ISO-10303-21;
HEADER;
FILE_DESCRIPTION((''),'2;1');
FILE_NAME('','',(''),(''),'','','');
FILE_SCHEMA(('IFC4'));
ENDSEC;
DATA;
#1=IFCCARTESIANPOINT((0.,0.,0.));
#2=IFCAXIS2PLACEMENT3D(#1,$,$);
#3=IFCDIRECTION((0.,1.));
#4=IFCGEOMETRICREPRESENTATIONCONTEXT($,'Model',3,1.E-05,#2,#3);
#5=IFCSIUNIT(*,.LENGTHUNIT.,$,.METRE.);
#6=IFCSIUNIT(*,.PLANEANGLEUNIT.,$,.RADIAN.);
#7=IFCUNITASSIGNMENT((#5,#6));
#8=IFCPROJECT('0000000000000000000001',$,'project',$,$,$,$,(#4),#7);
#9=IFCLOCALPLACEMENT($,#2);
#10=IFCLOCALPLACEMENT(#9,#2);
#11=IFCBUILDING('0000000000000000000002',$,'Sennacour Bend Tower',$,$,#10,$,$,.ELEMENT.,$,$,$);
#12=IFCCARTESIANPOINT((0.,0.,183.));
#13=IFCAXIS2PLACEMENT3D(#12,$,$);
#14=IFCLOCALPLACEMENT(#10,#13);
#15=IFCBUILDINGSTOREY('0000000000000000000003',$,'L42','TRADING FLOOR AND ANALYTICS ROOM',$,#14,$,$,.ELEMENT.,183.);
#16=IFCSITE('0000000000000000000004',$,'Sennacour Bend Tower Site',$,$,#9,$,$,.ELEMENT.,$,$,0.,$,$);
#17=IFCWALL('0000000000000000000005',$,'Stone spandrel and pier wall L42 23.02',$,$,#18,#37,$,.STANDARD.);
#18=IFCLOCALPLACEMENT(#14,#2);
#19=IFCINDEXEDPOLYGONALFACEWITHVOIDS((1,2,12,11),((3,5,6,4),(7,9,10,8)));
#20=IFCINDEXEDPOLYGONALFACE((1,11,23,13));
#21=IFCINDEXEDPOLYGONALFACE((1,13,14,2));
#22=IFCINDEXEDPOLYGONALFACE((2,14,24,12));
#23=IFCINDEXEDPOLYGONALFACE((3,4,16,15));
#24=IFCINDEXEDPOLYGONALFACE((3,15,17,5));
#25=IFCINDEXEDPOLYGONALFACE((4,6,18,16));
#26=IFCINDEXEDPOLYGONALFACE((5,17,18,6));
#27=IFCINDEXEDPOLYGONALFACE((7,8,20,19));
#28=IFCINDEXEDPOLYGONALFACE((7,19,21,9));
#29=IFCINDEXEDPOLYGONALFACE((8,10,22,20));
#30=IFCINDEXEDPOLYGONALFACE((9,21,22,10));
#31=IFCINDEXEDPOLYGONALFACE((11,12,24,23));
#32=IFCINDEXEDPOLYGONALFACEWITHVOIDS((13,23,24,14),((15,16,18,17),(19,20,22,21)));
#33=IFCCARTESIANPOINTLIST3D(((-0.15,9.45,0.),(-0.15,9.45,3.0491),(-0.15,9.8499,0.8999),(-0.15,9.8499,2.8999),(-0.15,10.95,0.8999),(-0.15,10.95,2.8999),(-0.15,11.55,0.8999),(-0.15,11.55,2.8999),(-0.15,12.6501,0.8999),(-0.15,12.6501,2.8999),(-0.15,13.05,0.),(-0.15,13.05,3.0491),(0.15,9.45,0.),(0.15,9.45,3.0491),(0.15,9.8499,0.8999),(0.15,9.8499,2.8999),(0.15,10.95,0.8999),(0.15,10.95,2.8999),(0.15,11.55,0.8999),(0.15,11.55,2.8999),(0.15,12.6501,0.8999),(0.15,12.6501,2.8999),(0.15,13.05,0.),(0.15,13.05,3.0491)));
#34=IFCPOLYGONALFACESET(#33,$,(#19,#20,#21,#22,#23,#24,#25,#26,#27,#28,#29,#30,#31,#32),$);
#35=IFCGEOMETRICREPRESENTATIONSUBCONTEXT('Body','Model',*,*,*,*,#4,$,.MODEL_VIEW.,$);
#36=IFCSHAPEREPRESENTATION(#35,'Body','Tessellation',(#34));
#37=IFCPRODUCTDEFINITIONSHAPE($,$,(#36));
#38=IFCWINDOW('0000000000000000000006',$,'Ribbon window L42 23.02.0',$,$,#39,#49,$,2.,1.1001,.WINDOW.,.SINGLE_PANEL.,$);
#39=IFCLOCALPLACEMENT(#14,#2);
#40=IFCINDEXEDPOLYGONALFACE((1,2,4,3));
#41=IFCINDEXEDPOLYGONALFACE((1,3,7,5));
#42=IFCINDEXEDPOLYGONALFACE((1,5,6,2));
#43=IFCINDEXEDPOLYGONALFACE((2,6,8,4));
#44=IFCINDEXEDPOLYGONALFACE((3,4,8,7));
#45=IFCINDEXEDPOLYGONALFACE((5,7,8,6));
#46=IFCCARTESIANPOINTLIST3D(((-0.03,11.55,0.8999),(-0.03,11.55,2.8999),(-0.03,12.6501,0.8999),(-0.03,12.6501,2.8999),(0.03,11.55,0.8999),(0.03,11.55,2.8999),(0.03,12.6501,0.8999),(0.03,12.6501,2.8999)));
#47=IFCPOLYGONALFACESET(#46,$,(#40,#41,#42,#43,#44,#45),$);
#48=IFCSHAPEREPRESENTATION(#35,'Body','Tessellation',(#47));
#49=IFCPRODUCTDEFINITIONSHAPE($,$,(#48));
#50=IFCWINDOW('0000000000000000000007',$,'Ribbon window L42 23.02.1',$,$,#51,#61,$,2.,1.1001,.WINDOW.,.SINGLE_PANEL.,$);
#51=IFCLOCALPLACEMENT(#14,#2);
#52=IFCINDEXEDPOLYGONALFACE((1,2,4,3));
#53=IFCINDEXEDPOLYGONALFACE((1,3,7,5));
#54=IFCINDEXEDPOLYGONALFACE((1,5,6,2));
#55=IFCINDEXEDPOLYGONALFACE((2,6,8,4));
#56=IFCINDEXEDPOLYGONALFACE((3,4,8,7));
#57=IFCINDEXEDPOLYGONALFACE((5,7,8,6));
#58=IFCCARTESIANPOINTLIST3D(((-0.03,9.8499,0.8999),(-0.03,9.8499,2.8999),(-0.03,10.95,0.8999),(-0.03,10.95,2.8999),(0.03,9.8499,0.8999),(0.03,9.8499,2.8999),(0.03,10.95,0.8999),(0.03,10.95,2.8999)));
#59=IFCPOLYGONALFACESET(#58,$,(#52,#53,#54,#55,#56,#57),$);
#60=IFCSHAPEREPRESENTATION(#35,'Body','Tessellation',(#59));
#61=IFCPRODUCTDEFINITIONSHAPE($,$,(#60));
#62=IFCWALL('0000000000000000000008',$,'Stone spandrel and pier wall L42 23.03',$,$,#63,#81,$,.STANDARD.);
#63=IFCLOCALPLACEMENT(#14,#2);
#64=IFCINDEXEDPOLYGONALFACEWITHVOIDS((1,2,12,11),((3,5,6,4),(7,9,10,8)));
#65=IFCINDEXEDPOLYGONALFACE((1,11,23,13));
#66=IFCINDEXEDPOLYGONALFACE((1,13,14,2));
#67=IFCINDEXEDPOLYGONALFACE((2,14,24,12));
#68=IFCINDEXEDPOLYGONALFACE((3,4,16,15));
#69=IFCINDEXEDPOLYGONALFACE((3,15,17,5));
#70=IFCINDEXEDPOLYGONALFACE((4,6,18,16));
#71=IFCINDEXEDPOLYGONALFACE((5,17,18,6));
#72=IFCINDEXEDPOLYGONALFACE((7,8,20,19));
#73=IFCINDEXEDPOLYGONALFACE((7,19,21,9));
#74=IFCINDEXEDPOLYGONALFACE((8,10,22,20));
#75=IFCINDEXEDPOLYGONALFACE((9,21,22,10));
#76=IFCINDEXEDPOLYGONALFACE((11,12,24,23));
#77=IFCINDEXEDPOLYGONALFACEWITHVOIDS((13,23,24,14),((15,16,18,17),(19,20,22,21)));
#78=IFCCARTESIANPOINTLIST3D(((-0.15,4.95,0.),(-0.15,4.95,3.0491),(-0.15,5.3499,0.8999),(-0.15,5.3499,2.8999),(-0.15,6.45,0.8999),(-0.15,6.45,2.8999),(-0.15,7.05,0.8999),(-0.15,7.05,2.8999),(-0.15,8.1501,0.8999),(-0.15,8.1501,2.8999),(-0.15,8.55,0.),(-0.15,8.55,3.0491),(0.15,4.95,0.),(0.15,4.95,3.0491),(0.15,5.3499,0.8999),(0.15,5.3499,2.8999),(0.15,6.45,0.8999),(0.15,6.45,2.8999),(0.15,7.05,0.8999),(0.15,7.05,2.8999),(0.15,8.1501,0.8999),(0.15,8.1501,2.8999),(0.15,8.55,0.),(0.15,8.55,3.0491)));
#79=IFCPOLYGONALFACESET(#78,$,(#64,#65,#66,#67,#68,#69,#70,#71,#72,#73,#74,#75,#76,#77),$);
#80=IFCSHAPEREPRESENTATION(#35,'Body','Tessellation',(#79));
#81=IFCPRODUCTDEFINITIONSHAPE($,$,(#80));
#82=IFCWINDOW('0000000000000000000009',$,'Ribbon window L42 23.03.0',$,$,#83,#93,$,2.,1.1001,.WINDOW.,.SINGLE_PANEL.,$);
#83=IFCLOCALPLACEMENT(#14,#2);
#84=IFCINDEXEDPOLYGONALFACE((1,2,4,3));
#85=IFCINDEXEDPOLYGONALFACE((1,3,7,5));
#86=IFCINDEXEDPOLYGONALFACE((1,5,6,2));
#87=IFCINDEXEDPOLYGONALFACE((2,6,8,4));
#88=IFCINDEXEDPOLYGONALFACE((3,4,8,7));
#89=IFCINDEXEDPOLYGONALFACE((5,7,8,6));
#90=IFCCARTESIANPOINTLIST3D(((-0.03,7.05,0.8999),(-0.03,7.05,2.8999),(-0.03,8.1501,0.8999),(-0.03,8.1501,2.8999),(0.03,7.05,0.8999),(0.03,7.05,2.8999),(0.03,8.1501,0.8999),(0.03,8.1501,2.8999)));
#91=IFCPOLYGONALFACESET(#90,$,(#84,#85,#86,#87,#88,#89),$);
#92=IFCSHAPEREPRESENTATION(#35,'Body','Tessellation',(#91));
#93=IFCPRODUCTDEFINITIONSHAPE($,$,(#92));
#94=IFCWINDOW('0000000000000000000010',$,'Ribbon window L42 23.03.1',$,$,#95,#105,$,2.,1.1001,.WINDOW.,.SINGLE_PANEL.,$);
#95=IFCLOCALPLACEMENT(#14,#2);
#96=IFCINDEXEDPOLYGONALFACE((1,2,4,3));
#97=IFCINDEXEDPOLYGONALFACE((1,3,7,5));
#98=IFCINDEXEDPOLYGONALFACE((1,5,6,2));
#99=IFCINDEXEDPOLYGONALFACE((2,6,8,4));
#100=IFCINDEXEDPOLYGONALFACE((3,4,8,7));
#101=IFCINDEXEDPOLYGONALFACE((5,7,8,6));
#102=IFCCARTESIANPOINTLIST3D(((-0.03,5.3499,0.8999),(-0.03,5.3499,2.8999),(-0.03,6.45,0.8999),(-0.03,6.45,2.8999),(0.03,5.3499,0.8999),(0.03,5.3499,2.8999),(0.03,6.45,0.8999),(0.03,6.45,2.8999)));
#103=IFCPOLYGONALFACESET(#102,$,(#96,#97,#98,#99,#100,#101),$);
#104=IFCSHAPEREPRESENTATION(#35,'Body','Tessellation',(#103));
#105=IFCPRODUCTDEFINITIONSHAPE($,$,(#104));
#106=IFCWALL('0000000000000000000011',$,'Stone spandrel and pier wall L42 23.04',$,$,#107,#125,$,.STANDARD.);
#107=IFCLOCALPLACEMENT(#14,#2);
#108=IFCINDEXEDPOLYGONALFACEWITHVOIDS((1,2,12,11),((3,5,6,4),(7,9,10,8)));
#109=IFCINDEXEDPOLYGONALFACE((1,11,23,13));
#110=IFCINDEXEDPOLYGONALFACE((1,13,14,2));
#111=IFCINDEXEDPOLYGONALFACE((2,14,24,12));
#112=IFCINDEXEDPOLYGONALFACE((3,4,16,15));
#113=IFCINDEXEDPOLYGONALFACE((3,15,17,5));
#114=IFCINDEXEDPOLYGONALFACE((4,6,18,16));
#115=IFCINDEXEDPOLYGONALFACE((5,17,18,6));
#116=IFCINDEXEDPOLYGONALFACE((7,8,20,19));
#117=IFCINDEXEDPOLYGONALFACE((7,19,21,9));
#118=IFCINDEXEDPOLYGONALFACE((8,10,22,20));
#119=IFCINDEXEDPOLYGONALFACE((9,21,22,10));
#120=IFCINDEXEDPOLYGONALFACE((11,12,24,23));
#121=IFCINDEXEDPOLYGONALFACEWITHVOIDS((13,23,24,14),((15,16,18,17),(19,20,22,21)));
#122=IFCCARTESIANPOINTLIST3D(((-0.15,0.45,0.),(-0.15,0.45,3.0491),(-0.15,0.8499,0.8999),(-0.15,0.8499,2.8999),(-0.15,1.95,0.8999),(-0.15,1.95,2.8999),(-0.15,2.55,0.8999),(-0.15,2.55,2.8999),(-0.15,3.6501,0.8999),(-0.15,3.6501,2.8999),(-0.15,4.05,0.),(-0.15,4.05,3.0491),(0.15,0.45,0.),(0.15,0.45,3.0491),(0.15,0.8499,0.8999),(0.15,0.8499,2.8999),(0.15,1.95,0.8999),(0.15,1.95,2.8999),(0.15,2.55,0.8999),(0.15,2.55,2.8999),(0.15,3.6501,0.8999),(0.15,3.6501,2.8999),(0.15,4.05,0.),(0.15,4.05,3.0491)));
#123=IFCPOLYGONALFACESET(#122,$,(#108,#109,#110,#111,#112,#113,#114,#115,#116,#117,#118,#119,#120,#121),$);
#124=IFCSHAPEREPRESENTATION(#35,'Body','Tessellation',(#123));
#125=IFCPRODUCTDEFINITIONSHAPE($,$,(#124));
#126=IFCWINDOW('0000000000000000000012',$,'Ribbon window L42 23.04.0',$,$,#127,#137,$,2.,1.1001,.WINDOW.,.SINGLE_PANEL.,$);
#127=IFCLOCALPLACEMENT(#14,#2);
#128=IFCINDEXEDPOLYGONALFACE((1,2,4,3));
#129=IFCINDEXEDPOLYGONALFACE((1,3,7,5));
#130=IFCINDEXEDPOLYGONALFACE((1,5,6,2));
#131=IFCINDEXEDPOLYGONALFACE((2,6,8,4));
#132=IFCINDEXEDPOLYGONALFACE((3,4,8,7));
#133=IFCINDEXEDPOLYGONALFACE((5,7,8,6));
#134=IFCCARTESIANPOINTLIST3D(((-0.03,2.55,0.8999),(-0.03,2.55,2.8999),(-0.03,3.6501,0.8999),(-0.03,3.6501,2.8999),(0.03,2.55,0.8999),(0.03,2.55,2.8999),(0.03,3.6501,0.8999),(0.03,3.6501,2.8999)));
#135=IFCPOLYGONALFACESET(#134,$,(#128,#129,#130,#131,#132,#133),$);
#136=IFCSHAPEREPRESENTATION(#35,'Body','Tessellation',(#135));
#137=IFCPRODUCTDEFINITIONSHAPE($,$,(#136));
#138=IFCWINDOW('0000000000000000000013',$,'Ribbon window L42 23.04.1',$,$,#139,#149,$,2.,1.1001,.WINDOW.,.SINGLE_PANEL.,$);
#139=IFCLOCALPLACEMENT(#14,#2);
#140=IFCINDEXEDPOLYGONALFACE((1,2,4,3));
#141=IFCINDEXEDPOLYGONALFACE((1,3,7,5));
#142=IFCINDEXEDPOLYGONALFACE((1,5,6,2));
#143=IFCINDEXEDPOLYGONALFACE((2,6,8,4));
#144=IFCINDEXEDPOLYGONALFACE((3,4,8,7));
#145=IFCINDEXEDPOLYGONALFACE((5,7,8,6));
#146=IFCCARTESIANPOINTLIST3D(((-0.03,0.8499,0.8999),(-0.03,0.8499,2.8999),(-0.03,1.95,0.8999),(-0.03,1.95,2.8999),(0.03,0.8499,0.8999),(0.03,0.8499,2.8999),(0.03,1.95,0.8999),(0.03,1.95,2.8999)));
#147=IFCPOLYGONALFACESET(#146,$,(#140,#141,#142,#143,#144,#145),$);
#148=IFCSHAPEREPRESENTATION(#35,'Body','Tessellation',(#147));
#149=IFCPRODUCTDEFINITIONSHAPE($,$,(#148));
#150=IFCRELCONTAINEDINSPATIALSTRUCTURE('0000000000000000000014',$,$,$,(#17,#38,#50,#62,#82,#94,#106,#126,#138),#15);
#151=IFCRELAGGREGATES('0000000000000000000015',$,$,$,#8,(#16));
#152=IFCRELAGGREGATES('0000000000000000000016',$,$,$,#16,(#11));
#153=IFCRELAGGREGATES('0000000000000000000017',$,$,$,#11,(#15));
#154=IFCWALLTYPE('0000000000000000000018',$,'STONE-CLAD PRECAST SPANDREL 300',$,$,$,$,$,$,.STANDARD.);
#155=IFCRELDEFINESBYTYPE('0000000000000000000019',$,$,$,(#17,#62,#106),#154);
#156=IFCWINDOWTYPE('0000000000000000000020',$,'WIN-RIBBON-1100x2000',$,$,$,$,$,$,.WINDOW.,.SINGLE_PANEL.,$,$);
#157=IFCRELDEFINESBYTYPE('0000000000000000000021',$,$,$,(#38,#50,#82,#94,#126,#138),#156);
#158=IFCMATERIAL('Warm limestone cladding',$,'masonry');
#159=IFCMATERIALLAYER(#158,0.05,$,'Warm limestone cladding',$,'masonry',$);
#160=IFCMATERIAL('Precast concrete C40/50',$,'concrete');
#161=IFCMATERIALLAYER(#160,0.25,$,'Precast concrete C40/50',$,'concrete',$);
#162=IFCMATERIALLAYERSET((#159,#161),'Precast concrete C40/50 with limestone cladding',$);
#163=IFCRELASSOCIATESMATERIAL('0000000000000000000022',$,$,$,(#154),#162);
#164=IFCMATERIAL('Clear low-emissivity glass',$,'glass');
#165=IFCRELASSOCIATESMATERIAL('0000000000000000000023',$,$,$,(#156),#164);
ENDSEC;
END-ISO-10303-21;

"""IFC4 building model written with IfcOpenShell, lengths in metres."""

from ifc_helpers import new_model, si_unit, direction, frame, frame_2d, origin, place, context, subcontext, project, spatial, rectangle, extrude, material, layer, layer_set, type_object, element, fill, save


model = new_model("IFC4")

# Units and contexts
model_context = context("Model", 3, precision=1e-05, world=origin(), true_north=direction((0.0, 1.0)))
body_context = subcontext(model_context, "Body", "Model", "MODEL_VIEW")
ifc_project = project(units=[si_unit("LENGTHUNIT", "METRE"), si_unit("PLANEANGLEUNIT", "RADIAN")], contexts=[model_context])

# Site, building, storey
site_placement = place(None, origin())
site = spatial("IfcSite", under=ifc_project, at=site_placement, Name="Sennacour Bend Tower Site", CompositionType="ELEMENT", RefElevation=0.0)
building_placement = place(site_placement, origin())
building = spatial("IfcBuilding", under=site, at=building_placement, Name="Sennacour Bend Tower", CompositionType="ELEMENT")
storey_placement = place(building_placement, frame((0.0, 0.0, 183.0)))
storey = spatial("IfcBuildingStorey", under=building, at=storey_placement, Name="L42", Description="TRADING FLOOR AND ANALYTICS ROOM", CompositionType="ELEMENT", Elevation=183.0)

# Walls, openings, windows
ifc_material_1 = material(Name="Warm limestone cladding", Category="masonry")
ifc_layer_1 = layer(ifc_material_1, 0.05, Name="Warm limestone cladding", Category="masonry")
ifc_material_2 = material(Name="Precast concrete C40/50", Category="concrete")
ifc_layer_2 = layer(ifc_material_2, 0.25, Name="Precast concrete C40/50", Category="concrete")
ifc_layer_set_1 = layer_set([ifc_layer_1, ifc_layer_2], Name="Precast concrete C40/50 with limestone cladding")
wall_type_1 = type_object("IfcWallType", Name="STONE-CLAD PRECAST SPANDREL 300", PredefinedType="STANDARD", material=ifc_layer_set_1)
wall_1_placement = place(storey_placement, frame((0.0, 13.05, 0.0), z_axis=(0.0, 0.0, 1.0), x_axis=(0.0, -1.0, 0.0)))
wall_1 = element("IfcWall", 1, at=wall_1_placement, inside=storey, type_object=wall_type_1, Name="Stone spandrel and pier wall L42 23.02", PredefinedType="STANDARD", context=body_context, shape_type="SweptSolid", body=[
    extrude(rectangle(XDim=3.6001, YDim=0.3, at=frame_2d((1.8, 0.0))), origin(), (0.0, 0.0, 1.0), 3.0491),
])
opening_1_placement = place(wall_1_placement, frame((0.3999, 0.0, 0.8999)))
opening_1 = element("IfcOpeningElement", 2, at=opening_1_placement, cuts=wall_1, PredefinedType="OPENING", context=body_context, shape_type="SweptSolid", body=[
    extrude(rectangle(XDim=1.1001, YDim=2.0, at=frame_2d((0.55, 1.0))), frame((0.0, 0.1602, 0.0), z_axis=(0.0, -1.0, 0.0), x_axis=(1.0, 0.0, 0.0)), (0.0, 0.0, 1.0), 0.3201),
])
opening_2_placement = place(wall_1_placement, frame((2.1001, 0.0, 0.8999)))
opening_2 = element("IfcOpeningElement", 3, at=opening_2_placement, cuts=wall_1, PredefinedType="OPENING", context=body_context, shape_type="SweptSolid", body=[
    extrude(rectangle(XDim=1.1001, YDim=2.0, at=frame_2d((0.55, 1.0))), frame((0.0, 0.1602, 0.0), z_axis=(0.0, -1.0, 0.0), x_axis=(1.0, 0.0, 0.0)), (0.0, 0.0, 1.0), 0.3201),
])
ifc_material_3 = material(Name="Clear low-emissivity glass", Category="glass")
window_type = type_object("IfcWindowType", Name="WIN-RIBBON-1100x2000", PartitioningType="SINGLE_PANEL", PredefinedType="WINDOW", material=ifc_material_3)
window_1_placement = place(opening_1_placement, origin())
window_1 = element("IfcWindow", 4, at=window_1_placement, inside=storey, type_object=window_type, Name="Ribbon window L42 23.02.0", OverallHeight=2.0, OverallWidth=1.1001, PartitioningType="SINGLE_PANEL", PredefinedType="WINDOW", context=body_context, shape_type="SweptSolid", body=[
    extrude(rectangle(XDim=1.1001, YDim=2.0, at=frame_2d((0.55, 1.0))), frame((0.0, 0.03, 0.0), z_axis=(0.0, -1.0, 0.0), x_axis=(1.0, 0.0, 0.0)), (0.0, 0.0, 1.0), 0.0601),
])
fill(opening_1, window_1)
window_2_placement = place(opening_2_placement, origin())
window_2 = element("IfcWindow", 5, at=window_2_placement, inside=storey, type_object=window_type, Name="Ribbon window L42 23.02.1", OverallHeight=2.0, OverallWidth=1.1001, PartitioningType="SINGLE_PANEL", PredefinedType="WINDOW", context=body_context, shape_type="SweptSolid", body=[
    extrude(rectangle(XDim=1.1001, YDim=2.0, at=frame_2d((0.55, 1.0))), frame((0.0, 0.03, 0.0), z_axis=(0.0, -1.0, 0.0), x_axis=(1.0, 0.0, 0.0)), (0.0, 0.0, 1.0), 0.0601),
])
fill(opening_2, window_2)
wall_2_placement = place(storey_placement, frame((0.0, 8.55, 0.0), z_axis=(0.0, 0.0, 1.0), x_axis=(0.0, -1.0, 0.0)))
wall_2 = element("IfcWall", 6, at=wall_2_placement, inside=storey, type_object=wall_type_1, Name="Stone spandrel and pier wall L42 23.03", PredefinedType="STANDARD", context=body_context, shape_type="SweptSolid", body=[
    extrude(rectangle(XDim=3.6001, YDim=0.3, at=frame_2d((1.8, 0.0))), origin(), (0.0, 0.0, 1.0), 3.0491),
])
opening_3_placement = place(wall_2_placement, frame((0.3999, 0.0, 0.8999)))
opening_3 = element("IfcOpeningElement", 7, at=opening_3_placement, cuts=wall_2, PredefinedType="OPENING", context=body_context, shape_type="SweptSolid", body=[
    extrude(rectangle(XDim=1.1001, YDim=2.0, at=frame_2d((0.55, 1.0))), frame((0.0, 0.1602, 0.0), z_axis=(0.0, -1.0, 0.0), x_axis=(1.0, 0.0, 0.0)), (0.0, 0.0, 1.0), 0.3201),
])
opening_4_placement = place(wall_2_placement, frame((2.1001, 0.0, 0.8999)))
opening_4 = element("IfcOpeningElement", 8, at=opening_4_placement, cuts=wall_2, PredefinedType="OPENING", context=body_context, shape_type="SweptSolid", body=[
    extrude(rectangle(XDim=1.1001, YDim=2.0, at=frame_2d((0.55, 1.0))), frame((0.0, 0.1602, 0.0), z_axis=(0.0, -1.0, 0.0), x_axis=(1.0, 0.0, 0.0)), (0.0, 0.0, 1.0), 0.3201),
])
window_3_placement = place(opening_3_placement, origin())
window_3 = element("IfcWindow", 9, at=window_3_placement, inside=storey, type_object=window_type, Name="Ribbon window L42 23.03.0", OverallHeight=2.0, OverallWidth=1.1001, PartitioningType="SINGLE_PANEL", PredefinedType="WINDOW", context=body_context, shape_type="SweptSolid", body=[
    extrude(rectangle(XDim=1.1001, YDim=2.0, at=frame_2d((0.55, 1.0))), frame((0.0, 0.03, 0.0), z_axis=(0.0, -1.0, 0.0), x_axis=(1.0, 0.0, 0.0)), (0.0, 0.0, 1.0), 0.0601),
])
fill(opening_3, window_3)
window_4_placement = place(opening_4_placement, origin())
window_4 = element("IfcWindow", 10, at=window_4_placement, inside=storey, type_object=window_type, Name="Ribbon window L42 23.03.1", OverallHeight=2.0, OverallWidth=1.1001, PartitioningType="SINGLE_PANEL", PredefinedType="WINDOW", context=body_context, shape_type="SweptSolid", body=[
    extrude(rectangle(XDim=1.1001, YDim=2.0, at=frame_2d((0.55, 1.0))), frame((0.0, 0.03, 0.0), z_axis=(0.0, -1.0, 0.0), x_axis=(1.0, 0.0, 0.0)), (0.0, 0.0, 1.0), 0.0601),
])
fill(opening_4, window_4)
wall_3_placement = place(storey_placement, frame((0.0, 4.05, 0.0), z_axis=(0.0, 0.0, 1.0), x_axis=(0.0, -1.0, 0.0)))
wall_3 = element("IfcWall", 11, at=wall_3_placement, inside=storey, type_object=wall_type_1, Name="Stone spandrel and pier wall L42 23.04", PredefinedType="STANDARD", context=body_context, shape_type="SweptSolid", body=[
    extrude(rectangle(XDim=3.6001, YDim=0.3, at=frame_2d((1.8, 0.0))), origin(), (0.0, 0.0, 1.0), 3.0491),
])
opening_5_placement = place(wall_3_placement, frame((0.3999, 0.0, 0.8999)))
opening_5 = element("IfcOpeningElement", 12, at=opening_5_placement, cuts=wall_3, PredefinedType="OPENING", context=body_context, shape_type="SweptSolid", body=[
    extrude(rectangle(XDim=1.1001, YDim=2.0, at=frame_2d((0.55, 1.0))), frame((0.0, 0.1602, 0.0), z_axis=(0.0, -1.0, 0.0), x_axis=(1.0, 0.0, 0.0)), (0.0, 0.0, 1.0), 0.3201),
])
opening_6_placement = place(wall_3_placement, frame((2.1001, 0.0, 0.8999)))
opening_6 = element("IfcOpeningElement", 13, at=opening_6_placement, cuts=wall_3, PredefinedType="OPENING", context=body_context, shape_type="SweptSolid", body=[
    extrude(rectangle(XDim=1.1001, YDim=2.0, at=frame_2d((0.55, 1.0))), frame((0.0, 0.1602, 0.0), z_axis=(0.0, -1.0, 0.0), x_axis=(1.0, 0.0, 0.0)), (0.0, 0.0, 1.0), 0.3201),
])
window_5_placement = place(opening_5_placement, origin())
window_5 = element("IfcWindow", 14, at=window_5_placement, inside=storey, type_object=window_type, Name="Ribbon window L42 23.04.0", OverallHeight=2.0, OverallWidth=1.1001, PartitioningType="SINGLE_PANEL", PredefinedType="WINDOW", context=body_context, shape_type="SweptSolid", body=[
    extrude(rectangle(XDim=1.1001, YDim=2.0, at=frame_2d((0.55, 1.0))), frame((0.0, 0.03, 0.0), z_axis=(0.0, -1.0, 0.0), x_axis=(1.0, 0.0, 0.0)), (0.0, 0.0, 1.0), 0.0601),
])
fill(opening_5, window_5)
window_6_placement = place(opening_6_placement, origin())
window_6 = element("IfcWindow", 15, at=window_6_placement, inside=storey, type_object=window_type, Name="Ribbon window L42 23.04.1", OverallHeight=2.0, OverallWidth=1.1001, PartitioningType="SINGLE_PANEL", PredefinedType="WINDOW", context=body_context, shape_type="SweptSolid", body=[
    extrude(rectangle(XDim=1.1001, YDim=2.0, at=frame_2d((0.55, 1.0))), frame((0.0, 0.03, 0.0), z_axis=(0.0, -1.0, 0.0), x_axis=(1.0, 0.0, 0.0)), (0.0, 0.0, 1.0), 0.0601),
])
fill(opening_6, window_6)

save(model, "model.ifc")
